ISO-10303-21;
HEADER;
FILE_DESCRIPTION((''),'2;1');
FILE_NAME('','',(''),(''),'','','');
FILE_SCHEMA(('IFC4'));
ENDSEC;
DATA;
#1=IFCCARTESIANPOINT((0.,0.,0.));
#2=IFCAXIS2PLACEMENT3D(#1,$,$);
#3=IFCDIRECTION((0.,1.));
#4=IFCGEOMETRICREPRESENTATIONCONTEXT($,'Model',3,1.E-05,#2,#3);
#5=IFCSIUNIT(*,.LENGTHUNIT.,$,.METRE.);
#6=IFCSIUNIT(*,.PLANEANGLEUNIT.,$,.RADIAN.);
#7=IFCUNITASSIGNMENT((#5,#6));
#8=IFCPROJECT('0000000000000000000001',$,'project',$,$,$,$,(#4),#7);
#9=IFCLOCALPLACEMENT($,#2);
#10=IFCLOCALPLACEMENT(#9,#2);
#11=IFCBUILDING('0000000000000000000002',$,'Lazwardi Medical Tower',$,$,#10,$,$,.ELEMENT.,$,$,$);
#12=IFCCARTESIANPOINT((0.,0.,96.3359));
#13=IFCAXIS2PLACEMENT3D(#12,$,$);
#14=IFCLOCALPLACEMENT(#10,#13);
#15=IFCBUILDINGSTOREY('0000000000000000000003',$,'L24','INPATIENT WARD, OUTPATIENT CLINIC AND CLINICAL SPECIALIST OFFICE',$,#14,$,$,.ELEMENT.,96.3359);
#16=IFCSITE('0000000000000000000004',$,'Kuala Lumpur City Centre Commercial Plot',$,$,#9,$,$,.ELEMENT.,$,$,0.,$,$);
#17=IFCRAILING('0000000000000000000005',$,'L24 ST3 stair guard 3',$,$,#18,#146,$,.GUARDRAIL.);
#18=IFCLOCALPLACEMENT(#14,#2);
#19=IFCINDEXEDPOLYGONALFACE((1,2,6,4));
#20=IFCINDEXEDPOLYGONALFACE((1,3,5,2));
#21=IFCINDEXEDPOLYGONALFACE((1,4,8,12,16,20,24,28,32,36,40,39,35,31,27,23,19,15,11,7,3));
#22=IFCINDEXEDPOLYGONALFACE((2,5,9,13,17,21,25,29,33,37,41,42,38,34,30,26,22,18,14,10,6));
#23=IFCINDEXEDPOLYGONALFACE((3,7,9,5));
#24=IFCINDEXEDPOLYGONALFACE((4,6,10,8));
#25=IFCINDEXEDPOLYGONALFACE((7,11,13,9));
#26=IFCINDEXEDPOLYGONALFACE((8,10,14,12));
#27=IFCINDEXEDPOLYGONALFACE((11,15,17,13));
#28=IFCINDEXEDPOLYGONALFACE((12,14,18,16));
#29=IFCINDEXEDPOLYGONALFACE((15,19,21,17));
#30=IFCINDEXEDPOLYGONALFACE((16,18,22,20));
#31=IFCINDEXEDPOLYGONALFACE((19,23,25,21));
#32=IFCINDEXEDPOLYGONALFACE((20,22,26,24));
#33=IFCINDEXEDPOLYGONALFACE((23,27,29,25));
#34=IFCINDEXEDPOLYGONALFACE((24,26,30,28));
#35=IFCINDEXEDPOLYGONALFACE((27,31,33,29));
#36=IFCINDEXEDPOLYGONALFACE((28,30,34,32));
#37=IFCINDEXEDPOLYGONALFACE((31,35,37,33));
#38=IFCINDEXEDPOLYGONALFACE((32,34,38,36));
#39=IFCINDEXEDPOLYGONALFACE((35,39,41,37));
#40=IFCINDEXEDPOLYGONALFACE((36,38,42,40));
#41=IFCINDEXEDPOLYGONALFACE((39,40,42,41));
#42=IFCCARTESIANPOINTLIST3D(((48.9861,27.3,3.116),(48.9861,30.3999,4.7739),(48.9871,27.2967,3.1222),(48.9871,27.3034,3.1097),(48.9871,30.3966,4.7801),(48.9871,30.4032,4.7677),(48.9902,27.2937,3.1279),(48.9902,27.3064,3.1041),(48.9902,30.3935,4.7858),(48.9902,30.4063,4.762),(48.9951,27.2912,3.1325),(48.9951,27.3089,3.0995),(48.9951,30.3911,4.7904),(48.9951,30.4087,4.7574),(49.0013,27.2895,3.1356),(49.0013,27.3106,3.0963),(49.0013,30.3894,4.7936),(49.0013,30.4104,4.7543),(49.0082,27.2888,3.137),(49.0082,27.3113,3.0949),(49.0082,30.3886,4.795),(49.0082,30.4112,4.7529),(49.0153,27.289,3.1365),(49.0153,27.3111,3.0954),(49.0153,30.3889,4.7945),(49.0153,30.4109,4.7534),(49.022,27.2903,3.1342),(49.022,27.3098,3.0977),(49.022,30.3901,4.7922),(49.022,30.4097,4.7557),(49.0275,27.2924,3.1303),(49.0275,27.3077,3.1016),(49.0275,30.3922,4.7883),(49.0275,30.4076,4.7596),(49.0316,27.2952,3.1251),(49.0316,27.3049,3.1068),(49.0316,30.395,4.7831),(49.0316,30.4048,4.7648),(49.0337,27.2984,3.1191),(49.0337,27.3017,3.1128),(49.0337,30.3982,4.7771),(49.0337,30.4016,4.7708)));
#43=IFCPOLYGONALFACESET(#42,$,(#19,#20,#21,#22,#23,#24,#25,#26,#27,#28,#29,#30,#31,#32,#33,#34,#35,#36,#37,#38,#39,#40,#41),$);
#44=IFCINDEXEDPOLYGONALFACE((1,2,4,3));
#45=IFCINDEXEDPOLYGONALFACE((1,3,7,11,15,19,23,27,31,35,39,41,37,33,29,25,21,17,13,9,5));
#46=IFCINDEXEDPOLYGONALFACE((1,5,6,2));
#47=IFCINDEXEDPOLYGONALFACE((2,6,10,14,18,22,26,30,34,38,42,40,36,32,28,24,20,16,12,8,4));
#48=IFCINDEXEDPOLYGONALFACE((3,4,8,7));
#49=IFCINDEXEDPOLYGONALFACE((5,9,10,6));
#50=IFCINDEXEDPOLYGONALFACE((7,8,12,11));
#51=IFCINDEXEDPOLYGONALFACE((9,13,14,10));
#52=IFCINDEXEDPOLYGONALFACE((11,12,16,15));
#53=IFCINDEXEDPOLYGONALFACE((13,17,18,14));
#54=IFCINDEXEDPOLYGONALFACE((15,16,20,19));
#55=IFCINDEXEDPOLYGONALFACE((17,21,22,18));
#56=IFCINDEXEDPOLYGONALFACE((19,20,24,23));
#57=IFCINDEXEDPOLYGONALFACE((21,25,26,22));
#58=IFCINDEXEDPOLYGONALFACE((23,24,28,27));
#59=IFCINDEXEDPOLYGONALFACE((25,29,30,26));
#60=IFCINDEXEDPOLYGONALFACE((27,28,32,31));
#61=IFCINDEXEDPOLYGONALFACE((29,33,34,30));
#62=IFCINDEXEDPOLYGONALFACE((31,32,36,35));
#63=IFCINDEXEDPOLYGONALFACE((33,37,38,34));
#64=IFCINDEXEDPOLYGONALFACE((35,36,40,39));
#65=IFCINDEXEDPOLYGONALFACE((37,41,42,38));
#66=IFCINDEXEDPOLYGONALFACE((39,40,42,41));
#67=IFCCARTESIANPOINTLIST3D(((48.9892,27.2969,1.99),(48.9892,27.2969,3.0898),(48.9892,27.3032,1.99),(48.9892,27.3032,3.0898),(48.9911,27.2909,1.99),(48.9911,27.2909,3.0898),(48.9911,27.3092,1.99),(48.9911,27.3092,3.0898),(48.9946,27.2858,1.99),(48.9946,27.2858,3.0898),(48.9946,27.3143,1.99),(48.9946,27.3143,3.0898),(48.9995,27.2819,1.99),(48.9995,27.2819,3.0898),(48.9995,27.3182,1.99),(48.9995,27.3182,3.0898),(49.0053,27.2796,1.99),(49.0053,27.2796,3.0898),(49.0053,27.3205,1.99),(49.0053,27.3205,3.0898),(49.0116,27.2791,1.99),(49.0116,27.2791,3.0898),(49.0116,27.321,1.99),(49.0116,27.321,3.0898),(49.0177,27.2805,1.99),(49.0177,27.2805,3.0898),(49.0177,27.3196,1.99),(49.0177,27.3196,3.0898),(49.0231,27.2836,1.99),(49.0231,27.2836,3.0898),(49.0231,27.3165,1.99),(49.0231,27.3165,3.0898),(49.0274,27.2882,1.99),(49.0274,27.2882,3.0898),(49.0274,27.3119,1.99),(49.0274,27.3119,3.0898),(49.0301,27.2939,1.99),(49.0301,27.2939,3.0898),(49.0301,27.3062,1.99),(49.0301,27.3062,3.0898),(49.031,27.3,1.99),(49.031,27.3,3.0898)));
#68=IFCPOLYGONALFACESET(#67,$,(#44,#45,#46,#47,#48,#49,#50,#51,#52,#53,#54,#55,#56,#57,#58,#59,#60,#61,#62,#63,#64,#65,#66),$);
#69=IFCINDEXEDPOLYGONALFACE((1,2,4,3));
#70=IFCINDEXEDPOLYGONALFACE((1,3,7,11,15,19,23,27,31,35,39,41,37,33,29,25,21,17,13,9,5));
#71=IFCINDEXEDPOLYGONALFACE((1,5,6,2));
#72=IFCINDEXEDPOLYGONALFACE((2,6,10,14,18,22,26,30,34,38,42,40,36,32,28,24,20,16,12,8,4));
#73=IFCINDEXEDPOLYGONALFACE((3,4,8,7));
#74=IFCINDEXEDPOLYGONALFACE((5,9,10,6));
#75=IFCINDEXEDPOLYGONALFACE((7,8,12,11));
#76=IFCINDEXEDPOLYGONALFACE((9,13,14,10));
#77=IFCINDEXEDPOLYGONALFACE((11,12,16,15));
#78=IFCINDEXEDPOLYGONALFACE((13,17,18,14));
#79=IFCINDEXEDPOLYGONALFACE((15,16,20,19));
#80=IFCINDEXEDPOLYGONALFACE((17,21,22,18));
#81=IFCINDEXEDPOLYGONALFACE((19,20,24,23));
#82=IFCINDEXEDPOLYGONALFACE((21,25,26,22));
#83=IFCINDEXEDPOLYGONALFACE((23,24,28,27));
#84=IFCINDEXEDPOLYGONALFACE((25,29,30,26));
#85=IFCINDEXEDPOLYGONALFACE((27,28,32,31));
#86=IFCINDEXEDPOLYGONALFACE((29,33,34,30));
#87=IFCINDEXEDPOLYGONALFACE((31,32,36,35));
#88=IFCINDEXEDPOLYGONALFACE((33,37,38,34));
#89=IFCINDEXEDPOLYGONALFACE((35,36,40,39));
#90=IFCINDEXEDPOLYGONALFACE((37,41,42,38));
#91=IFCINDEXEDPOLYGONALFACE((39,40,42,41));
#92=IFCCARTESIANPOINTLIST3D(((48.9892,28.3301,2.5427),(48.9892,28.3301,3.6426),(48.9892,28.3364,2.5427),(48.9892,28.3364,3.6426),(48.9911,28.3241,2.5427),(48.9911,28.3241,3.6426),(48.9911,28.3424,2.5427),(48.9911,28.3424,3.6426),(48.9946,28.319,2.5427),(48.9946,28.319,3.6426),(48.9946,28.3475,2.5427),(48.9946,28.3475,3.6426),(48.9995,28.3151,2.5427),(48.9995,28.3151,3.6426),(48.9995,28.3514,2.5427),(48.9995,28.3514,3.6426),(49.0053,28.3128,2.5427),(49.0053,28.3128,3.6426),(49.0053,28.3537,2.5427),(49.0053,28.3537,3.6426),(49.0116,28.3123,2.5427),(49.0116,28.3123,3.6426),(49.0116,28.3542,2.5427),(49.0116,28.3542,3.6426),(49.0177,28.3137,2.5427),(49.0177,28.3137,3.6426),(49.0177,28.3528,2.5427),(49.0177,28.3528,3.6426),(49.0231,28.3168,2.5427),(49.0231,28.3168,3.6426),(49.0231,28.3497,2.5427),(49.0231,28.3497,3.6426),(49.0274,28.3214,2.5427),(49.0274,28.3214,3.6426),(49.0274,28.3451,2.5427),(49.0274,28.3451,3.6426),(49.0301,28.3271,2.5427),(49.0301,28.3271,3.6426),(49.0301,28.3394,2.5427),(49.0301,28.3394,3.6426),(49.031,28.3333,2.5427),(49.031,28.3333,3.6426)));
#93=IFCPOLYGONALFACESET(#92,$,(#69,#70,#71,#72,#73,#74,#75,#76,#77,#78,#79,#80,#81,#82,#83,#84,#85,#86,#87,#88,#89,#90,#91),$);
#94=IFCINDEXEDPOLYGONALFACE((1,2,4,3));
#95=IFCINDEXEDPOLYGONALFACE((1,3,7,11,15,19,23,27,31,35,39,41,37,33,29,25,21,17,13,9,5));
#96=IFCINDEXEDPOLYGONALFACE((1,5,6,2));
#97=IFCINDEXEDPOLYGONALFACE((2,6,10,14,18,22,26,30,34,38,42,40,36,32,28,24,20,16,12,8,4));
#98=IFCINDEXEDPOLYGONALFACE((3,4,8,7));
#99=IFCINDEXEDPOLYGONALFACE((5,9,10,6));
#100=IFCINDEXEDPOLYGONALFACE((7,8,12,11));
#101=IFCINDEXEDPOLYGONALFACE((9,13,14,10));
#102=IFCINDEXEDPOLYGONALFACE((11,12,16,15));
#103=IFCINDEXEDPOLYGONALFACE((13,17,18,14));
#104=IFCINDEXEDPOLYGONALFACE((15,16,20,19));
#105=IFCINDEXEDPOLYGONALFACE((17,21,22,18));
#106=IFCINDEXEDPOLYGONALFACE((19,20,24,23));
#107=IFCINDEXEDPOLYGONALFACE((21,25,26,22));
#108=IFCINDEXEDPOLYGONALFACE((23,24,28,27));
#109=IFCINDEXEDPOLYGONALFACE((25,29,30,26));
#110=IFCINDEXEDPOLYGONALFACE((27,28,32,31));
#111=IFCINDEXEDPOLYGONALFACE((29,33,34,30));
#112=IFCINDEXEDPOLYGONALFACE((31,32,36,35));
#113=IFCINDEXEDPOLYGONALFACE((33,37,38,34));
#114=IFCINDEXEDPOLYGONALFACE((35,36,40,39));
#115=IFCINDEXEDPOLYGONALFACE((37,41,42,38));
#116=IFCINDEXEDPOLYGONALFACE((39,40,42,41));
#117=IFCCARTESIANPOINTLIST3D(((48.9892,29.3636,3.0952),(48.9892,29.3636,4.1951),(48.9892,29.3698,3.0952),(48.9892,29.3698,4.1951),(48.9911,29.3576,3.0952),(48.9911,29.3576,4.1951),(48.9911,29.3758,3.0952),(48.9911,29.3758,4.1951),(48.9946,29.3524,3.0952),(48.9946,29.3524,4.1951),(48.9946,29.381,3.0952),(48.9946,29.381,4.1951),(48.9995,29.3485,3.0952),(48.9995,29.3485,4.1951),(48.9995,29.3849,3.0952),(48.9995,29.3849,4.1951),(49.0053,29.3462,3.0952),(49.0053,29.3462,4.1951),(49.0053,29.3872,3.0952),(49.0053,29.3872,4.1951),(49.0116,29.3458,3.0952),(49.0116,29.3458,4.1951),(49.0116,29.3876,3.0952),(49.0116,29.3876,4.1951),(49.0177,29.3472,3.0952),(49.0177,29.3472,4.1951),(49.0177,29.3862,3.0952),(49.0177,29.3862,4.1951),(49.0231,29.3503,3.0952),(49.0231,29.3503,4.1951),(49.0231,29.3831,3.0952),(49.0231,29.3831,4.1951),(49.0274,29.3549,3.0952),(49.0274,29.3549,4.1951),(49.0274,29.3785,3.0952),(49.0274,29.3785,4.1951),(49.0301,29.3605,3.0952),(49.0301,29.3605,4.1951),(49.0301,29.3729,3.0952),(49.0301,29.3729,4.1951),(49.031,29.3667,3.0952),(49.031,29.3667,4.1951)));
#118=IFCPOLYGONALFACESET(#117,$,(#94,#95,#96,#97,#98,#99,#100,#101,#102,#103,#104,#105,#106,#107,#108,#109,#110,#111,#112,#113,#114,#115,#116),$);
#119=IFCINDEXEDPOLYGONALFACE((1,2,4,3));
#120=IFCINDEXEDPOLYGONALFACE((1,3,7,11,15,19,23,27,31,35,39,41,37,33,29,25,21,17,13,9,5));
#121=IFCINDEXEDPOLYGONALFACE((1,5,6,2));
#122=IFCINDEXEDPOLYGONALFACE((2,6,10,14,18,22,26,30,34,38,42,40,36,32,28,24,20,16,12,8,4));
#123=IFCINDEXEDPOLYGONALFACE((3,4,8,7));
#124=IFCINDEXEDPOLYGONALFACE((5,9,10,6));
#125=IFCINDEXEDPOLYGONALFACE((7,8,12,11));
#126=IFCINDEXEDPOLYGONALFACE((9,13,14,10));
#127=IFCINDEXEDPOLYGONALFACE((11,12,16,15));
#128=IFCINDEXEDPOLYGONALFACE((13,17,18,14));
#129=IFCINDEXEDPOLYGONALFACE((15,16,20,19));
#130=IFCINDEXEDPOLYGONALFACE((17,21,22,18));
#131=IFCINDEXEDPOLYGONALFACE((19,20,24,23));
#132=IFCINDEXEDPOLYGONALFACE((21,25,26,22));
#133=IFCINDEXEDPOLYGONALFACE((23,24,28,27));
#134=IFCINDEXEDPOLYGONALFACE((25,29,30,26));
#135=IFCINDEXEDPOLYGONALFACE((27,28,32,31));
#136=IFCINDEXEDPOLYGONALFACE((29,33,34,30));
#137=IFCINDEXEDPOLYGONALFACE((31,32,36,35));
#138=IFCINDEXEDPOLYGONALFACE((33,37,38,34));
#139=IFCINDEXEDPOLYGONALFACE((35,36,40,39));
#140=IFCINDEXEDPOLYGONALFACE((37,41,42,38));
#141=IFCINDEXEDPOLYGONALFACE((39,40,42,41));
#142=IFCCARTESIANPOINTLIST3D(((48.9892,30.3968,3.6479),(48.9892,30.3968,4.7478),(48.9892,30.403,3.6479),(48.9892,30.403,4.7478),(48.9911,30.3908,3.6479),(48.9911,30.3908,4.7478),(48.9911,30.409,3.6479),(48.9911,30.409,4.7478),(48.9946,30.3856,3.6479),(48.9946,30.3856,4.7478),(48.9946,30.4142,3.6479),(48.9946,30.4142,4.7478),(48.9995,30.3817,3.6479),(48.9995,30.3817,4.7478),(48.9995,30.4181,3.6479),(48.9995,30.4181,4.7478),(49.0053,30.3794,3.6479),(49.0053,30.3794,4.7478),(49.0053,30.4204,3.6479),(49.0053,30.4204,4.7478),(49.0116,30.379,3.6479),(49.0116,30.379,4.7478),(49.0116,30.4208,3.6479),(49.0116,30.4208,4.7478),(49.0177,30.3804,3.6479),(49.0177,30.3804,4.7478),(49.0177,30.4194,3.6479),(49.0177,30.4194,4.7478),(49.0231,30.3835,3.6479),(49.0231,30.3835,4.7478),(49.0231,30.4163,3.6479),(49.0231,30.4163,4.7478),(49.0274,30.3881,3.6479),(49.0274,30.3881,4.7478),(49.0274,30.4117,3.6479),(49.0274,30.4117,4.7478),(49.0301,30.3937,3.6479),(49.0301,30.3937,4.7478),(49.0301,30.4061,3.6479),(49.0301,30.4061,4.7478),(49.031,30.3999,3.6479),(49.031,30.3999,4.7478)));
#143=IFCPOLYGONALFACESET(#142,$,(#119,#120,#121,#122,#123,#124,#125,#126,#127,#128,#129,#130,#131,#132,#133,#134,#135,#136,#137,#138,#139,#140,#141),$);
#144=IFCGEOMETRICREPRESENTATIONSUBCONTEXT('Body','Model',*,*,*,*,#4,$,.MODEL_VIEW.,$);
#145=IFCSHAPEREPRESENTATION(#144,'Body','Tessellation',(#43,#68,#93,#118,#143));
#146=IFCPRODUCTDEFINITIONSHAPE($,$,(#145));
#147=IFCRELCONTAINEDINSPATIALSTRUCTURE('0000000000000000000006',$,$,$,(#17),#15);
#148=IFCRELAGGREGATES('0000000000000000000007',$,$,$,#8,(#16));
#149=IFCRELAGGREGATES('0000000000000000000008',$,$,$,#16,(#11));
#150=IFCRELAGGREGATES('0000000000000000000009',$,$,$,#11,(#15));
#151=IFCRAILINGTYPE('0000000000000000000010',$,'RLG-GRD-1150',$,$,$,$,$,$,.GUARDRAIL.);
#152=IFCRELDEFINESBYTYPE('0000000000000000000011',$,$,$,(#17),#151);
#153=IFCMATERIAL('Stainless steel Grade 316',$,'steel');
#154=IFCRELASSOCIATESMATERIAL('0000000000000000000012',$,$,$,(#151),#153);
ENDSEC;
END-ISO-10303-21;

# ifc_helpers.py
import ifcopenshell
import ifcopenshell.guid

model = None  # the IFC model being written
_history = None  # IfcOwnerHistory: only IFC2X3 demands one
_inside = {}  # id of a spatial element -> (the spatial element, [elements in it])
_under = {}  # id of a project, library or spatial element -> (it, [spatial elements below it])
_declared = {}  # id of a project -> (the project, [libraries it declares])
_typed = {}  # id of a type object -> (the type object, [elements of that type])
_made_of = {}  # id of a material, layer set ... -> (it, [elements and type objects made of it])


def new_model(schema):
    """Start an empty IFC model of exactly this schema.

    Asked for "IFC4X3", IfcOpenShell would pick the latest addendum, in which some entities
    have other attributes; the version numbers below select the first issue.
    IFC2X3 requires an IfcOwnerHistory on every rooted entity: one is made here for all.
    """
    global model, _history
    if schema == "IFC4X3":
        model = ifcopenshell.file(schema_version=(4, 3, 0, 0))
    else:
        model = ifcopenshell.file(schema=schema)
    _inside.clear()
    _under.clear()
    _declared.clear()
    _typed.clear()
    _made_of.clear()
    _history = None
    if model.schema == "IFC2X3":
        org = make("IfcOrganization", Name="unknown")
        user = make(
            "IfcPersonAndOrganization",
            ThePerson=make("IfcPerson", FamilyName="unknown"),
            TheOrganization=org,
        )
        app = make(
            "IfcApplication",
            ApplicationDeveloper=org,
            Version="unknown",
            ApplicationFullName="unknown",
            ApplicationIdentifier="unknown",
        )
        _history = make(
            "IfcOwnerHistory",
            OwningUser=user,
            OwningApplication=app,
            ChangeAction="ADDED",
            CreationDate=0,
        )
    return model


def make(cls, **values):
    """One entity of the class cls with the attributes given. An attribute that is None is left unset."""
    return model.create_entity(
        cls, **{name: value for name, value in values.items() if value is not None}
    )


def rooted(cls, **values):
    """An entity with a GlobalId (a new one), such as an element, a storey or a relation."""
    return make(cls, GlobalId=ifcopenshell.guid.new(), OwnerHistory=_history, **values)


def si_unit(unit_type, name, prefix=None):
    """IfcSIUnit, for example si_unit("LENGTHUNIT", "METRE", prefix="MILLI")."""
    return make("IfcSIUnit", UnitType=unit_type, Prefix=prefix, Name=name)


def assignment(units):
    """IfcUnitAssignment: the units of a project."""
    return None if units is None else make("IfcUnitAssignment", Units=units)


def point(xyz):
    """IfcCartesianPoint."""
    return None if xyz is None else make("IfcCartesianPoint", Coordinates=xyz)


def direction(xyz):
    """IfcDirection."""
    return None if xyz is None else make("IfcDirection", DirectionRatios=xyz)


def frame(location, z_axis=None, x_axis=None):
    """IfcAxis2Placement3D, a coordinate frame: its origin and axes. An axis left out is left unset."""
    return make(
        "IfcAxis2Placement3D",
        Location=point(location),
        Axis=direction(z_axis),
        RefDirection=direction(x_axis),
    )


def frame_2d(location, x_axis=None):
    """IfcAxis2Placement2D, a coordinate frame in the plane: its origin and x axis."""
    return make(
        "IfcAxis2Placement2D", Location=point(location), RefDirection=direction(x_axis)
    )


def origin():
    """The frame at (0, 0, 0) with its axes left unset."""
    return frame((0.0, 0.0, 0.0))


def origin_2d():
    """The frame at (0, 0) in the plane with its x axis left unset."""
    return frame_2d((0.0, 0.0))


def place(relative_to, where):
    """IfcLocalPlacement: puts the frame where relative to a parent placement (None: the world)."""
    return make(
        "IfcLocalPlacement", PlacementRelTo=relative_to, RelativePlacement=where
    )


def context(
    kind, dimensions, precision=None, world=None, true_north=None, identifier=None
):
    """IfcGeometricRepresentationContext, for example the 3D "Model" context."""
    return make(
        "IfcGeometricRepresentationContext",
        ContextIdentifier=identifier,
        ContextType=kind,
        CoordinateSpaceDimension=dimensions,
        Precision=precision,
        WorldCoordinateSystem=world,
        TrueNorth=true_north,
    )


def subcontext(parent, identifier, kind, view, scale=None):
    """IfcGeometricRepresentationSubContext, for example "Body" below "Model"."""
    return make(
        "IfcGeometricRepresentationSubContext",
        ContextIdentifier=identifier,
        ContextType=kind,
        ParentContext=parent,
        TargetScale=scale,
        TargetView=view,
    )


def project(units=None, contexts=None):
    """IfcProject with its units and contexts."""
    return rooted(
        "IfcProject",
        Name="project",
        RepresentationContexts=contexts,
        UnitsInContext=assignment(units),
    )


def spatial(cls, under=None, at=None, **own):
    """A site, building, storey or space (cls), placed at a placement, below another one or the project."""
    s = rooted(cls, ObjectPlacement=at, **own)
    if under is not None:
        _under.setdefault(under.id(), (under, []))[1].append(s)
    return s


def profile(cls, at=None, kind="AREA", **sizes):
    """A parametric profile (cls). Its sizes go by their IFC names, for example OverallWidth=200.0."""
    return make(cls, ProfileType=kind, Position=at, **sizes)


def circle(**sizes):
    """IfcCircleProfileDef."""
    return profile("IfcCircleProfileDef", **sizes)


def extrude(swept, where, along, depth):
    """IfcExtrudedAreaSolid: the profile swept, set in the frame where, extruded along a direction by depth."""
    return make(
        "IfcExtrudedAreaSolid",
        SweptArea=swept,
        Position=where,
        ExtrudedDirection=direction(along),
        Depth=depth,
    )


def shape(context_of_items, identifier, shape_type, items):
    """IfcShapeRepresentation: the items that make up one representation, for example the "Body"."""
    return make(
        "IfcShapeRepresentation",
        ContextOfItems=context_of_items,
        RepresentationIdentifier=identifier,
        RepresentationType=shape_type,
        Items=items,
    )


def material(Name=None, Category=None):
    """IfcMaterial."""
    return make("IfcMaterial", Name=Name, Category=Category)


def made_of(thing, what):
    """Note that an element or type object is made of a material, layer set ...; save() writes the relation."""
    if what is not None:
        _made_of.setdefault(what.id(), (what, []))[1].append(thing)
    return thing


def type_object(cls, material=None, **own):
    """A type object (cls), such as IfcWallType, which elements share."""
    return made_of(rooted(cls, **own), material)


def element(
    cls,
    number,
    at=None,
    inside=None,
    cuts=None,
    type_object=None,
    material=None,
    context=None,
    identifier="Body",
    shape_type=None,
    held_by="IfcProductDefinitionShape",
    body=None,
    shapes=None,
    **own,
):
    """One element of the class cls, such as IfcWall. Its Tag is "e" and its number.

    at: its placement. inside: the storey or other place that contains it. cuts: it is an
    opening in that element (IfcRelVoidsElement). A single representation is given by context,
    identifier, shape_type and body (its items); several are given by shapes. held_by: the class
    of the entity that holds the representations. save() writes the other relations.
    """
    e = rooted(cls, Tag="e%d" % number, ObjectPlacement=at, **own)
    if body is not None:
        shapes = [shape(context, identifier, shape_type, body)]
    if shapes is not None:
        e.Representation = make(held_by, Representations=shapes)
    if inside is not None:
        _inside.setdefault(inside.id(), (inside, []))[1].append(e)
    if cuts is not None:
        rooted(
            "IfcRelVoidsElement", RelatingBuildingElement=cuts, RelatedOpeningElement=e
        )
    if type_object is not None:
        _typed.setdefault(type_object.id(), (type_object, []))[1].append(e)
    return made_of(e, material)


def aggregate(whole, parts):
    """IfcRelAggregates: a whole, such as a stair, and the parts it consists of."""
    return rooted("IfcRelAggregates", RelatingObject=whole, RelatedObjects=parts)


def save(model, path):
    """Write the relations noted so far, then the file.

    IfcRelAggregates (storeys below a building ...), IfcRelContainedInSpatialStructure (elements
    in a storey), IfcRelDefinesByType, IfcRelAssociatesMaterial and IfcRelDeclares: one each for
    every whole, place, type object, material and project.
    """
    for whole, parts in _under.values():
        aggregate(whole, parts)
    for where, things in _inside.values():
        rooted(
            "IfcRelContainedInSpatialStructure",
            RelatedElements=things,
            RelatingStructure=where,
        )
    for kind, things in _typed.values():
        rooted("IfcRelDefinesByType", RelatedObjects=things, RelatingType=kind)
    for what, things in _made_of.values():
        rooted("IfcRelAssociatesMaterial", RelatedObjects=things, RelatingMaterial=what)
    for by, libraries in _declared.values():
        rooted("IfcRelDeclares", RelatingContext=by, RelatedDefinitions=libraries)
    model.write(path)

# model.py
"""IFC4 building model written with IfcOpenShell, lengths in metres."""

from ifc_helpers import new_model, si_unit, direction, frame, origin, origin_2d, place, context, subcontext, project, spatial, circle, extrude, material, type_object, element, save


model = new_model("IFC4")

# Units and contexts
model_context = context("Model", 3, precision=1e-05, world=origin(), true_north=direction((0.0, 1.0)))
body_context = subcontext(model_context, "Body", "Model", "MODEL_VIEW")
ifc_project = project(units=[si_unit("LENGTHUNIT", "METRE"), si_unit("PLANEANGLEUNIT", "RADIAN")], contexts=[model_context])

# Site, building, storey
site_placement = place(None, origin())
site = spatial("IfcSite", under=ifc_project, at=site_placement, Name="Kuala Lumpur City Centre Commercial Plot", CompositionType="ELEMENT", RefElevation=0.0)
building_placement = place(site_placement, origin())
building = spatial("IfcBuilding", under=site, at=building_placement, Name="Lazwardi Medical Tower", CompositionType="ELEMENT")
storey_placement = place(building_placement, frame((0.0, 0.0, 96.3359)))
storey = spatial("IfcBuildingStorey", under=building, at=storey_placement, Name="L24", Description="INPATIENT WARD, OUTPATIENT CLINIC AND CLINICAL SPECIALIST OFFICE", CompositionType="ELEMENT", Elevation=96.3359)

# Railing
ifc_material_1 = material(Name="Stainless steel Grade 316", Category="steel")
railing_type_1 = type_object("IfcRailingType", Name="RLG-GRD-1150", PredefinedType="GUARDRAIL", material=ifc_material_1)
railing_1_placement = place(storey_placement, frame((49.01, 27.3, 1.99)))
element("IfcRailing", 1, at=railing_1_placement, inside=storey, type_object=railing_type_1, Name="L24 ST3 stair guard 3", PredefinedType="GUARDRAIL", context=body_context, shape_type="SweptSolid", body=[
    extrude(circle(Radius=0.0239, at=origin_2d()), frame((0.0, 0.0, 1.126), z_axis=(0.0, 0.881797, 0.47163), x_axis=(-1.0, 0.0, 0.0)), (0.0, 0.0, 1.0), 3.5154),
    extrude(circle(Radius=0.021, at=origin_2d()), origin(), (0.0, 0.0, 1.0), 1.0999),
    extrude(circle(Radius=0.021, at=origin_2d()), frame((0.0, 1.0332, 0.5527)), (0.0, 0.0, 1.0), 1.0999),
    extrude(circle(Radius=0.021, at=origin_2d()), frame((0.0, 2.0667, 1.1052)), (0.0, 0.0, 1.0), 1.0999),
    extrude(circle(Radius=0.021, at=origin_2d()), frame((0.0, 3.0999, 1.658)), (0.0, 0.0, 1.0), 1.0999),
])

save(model, "model.ifc")
